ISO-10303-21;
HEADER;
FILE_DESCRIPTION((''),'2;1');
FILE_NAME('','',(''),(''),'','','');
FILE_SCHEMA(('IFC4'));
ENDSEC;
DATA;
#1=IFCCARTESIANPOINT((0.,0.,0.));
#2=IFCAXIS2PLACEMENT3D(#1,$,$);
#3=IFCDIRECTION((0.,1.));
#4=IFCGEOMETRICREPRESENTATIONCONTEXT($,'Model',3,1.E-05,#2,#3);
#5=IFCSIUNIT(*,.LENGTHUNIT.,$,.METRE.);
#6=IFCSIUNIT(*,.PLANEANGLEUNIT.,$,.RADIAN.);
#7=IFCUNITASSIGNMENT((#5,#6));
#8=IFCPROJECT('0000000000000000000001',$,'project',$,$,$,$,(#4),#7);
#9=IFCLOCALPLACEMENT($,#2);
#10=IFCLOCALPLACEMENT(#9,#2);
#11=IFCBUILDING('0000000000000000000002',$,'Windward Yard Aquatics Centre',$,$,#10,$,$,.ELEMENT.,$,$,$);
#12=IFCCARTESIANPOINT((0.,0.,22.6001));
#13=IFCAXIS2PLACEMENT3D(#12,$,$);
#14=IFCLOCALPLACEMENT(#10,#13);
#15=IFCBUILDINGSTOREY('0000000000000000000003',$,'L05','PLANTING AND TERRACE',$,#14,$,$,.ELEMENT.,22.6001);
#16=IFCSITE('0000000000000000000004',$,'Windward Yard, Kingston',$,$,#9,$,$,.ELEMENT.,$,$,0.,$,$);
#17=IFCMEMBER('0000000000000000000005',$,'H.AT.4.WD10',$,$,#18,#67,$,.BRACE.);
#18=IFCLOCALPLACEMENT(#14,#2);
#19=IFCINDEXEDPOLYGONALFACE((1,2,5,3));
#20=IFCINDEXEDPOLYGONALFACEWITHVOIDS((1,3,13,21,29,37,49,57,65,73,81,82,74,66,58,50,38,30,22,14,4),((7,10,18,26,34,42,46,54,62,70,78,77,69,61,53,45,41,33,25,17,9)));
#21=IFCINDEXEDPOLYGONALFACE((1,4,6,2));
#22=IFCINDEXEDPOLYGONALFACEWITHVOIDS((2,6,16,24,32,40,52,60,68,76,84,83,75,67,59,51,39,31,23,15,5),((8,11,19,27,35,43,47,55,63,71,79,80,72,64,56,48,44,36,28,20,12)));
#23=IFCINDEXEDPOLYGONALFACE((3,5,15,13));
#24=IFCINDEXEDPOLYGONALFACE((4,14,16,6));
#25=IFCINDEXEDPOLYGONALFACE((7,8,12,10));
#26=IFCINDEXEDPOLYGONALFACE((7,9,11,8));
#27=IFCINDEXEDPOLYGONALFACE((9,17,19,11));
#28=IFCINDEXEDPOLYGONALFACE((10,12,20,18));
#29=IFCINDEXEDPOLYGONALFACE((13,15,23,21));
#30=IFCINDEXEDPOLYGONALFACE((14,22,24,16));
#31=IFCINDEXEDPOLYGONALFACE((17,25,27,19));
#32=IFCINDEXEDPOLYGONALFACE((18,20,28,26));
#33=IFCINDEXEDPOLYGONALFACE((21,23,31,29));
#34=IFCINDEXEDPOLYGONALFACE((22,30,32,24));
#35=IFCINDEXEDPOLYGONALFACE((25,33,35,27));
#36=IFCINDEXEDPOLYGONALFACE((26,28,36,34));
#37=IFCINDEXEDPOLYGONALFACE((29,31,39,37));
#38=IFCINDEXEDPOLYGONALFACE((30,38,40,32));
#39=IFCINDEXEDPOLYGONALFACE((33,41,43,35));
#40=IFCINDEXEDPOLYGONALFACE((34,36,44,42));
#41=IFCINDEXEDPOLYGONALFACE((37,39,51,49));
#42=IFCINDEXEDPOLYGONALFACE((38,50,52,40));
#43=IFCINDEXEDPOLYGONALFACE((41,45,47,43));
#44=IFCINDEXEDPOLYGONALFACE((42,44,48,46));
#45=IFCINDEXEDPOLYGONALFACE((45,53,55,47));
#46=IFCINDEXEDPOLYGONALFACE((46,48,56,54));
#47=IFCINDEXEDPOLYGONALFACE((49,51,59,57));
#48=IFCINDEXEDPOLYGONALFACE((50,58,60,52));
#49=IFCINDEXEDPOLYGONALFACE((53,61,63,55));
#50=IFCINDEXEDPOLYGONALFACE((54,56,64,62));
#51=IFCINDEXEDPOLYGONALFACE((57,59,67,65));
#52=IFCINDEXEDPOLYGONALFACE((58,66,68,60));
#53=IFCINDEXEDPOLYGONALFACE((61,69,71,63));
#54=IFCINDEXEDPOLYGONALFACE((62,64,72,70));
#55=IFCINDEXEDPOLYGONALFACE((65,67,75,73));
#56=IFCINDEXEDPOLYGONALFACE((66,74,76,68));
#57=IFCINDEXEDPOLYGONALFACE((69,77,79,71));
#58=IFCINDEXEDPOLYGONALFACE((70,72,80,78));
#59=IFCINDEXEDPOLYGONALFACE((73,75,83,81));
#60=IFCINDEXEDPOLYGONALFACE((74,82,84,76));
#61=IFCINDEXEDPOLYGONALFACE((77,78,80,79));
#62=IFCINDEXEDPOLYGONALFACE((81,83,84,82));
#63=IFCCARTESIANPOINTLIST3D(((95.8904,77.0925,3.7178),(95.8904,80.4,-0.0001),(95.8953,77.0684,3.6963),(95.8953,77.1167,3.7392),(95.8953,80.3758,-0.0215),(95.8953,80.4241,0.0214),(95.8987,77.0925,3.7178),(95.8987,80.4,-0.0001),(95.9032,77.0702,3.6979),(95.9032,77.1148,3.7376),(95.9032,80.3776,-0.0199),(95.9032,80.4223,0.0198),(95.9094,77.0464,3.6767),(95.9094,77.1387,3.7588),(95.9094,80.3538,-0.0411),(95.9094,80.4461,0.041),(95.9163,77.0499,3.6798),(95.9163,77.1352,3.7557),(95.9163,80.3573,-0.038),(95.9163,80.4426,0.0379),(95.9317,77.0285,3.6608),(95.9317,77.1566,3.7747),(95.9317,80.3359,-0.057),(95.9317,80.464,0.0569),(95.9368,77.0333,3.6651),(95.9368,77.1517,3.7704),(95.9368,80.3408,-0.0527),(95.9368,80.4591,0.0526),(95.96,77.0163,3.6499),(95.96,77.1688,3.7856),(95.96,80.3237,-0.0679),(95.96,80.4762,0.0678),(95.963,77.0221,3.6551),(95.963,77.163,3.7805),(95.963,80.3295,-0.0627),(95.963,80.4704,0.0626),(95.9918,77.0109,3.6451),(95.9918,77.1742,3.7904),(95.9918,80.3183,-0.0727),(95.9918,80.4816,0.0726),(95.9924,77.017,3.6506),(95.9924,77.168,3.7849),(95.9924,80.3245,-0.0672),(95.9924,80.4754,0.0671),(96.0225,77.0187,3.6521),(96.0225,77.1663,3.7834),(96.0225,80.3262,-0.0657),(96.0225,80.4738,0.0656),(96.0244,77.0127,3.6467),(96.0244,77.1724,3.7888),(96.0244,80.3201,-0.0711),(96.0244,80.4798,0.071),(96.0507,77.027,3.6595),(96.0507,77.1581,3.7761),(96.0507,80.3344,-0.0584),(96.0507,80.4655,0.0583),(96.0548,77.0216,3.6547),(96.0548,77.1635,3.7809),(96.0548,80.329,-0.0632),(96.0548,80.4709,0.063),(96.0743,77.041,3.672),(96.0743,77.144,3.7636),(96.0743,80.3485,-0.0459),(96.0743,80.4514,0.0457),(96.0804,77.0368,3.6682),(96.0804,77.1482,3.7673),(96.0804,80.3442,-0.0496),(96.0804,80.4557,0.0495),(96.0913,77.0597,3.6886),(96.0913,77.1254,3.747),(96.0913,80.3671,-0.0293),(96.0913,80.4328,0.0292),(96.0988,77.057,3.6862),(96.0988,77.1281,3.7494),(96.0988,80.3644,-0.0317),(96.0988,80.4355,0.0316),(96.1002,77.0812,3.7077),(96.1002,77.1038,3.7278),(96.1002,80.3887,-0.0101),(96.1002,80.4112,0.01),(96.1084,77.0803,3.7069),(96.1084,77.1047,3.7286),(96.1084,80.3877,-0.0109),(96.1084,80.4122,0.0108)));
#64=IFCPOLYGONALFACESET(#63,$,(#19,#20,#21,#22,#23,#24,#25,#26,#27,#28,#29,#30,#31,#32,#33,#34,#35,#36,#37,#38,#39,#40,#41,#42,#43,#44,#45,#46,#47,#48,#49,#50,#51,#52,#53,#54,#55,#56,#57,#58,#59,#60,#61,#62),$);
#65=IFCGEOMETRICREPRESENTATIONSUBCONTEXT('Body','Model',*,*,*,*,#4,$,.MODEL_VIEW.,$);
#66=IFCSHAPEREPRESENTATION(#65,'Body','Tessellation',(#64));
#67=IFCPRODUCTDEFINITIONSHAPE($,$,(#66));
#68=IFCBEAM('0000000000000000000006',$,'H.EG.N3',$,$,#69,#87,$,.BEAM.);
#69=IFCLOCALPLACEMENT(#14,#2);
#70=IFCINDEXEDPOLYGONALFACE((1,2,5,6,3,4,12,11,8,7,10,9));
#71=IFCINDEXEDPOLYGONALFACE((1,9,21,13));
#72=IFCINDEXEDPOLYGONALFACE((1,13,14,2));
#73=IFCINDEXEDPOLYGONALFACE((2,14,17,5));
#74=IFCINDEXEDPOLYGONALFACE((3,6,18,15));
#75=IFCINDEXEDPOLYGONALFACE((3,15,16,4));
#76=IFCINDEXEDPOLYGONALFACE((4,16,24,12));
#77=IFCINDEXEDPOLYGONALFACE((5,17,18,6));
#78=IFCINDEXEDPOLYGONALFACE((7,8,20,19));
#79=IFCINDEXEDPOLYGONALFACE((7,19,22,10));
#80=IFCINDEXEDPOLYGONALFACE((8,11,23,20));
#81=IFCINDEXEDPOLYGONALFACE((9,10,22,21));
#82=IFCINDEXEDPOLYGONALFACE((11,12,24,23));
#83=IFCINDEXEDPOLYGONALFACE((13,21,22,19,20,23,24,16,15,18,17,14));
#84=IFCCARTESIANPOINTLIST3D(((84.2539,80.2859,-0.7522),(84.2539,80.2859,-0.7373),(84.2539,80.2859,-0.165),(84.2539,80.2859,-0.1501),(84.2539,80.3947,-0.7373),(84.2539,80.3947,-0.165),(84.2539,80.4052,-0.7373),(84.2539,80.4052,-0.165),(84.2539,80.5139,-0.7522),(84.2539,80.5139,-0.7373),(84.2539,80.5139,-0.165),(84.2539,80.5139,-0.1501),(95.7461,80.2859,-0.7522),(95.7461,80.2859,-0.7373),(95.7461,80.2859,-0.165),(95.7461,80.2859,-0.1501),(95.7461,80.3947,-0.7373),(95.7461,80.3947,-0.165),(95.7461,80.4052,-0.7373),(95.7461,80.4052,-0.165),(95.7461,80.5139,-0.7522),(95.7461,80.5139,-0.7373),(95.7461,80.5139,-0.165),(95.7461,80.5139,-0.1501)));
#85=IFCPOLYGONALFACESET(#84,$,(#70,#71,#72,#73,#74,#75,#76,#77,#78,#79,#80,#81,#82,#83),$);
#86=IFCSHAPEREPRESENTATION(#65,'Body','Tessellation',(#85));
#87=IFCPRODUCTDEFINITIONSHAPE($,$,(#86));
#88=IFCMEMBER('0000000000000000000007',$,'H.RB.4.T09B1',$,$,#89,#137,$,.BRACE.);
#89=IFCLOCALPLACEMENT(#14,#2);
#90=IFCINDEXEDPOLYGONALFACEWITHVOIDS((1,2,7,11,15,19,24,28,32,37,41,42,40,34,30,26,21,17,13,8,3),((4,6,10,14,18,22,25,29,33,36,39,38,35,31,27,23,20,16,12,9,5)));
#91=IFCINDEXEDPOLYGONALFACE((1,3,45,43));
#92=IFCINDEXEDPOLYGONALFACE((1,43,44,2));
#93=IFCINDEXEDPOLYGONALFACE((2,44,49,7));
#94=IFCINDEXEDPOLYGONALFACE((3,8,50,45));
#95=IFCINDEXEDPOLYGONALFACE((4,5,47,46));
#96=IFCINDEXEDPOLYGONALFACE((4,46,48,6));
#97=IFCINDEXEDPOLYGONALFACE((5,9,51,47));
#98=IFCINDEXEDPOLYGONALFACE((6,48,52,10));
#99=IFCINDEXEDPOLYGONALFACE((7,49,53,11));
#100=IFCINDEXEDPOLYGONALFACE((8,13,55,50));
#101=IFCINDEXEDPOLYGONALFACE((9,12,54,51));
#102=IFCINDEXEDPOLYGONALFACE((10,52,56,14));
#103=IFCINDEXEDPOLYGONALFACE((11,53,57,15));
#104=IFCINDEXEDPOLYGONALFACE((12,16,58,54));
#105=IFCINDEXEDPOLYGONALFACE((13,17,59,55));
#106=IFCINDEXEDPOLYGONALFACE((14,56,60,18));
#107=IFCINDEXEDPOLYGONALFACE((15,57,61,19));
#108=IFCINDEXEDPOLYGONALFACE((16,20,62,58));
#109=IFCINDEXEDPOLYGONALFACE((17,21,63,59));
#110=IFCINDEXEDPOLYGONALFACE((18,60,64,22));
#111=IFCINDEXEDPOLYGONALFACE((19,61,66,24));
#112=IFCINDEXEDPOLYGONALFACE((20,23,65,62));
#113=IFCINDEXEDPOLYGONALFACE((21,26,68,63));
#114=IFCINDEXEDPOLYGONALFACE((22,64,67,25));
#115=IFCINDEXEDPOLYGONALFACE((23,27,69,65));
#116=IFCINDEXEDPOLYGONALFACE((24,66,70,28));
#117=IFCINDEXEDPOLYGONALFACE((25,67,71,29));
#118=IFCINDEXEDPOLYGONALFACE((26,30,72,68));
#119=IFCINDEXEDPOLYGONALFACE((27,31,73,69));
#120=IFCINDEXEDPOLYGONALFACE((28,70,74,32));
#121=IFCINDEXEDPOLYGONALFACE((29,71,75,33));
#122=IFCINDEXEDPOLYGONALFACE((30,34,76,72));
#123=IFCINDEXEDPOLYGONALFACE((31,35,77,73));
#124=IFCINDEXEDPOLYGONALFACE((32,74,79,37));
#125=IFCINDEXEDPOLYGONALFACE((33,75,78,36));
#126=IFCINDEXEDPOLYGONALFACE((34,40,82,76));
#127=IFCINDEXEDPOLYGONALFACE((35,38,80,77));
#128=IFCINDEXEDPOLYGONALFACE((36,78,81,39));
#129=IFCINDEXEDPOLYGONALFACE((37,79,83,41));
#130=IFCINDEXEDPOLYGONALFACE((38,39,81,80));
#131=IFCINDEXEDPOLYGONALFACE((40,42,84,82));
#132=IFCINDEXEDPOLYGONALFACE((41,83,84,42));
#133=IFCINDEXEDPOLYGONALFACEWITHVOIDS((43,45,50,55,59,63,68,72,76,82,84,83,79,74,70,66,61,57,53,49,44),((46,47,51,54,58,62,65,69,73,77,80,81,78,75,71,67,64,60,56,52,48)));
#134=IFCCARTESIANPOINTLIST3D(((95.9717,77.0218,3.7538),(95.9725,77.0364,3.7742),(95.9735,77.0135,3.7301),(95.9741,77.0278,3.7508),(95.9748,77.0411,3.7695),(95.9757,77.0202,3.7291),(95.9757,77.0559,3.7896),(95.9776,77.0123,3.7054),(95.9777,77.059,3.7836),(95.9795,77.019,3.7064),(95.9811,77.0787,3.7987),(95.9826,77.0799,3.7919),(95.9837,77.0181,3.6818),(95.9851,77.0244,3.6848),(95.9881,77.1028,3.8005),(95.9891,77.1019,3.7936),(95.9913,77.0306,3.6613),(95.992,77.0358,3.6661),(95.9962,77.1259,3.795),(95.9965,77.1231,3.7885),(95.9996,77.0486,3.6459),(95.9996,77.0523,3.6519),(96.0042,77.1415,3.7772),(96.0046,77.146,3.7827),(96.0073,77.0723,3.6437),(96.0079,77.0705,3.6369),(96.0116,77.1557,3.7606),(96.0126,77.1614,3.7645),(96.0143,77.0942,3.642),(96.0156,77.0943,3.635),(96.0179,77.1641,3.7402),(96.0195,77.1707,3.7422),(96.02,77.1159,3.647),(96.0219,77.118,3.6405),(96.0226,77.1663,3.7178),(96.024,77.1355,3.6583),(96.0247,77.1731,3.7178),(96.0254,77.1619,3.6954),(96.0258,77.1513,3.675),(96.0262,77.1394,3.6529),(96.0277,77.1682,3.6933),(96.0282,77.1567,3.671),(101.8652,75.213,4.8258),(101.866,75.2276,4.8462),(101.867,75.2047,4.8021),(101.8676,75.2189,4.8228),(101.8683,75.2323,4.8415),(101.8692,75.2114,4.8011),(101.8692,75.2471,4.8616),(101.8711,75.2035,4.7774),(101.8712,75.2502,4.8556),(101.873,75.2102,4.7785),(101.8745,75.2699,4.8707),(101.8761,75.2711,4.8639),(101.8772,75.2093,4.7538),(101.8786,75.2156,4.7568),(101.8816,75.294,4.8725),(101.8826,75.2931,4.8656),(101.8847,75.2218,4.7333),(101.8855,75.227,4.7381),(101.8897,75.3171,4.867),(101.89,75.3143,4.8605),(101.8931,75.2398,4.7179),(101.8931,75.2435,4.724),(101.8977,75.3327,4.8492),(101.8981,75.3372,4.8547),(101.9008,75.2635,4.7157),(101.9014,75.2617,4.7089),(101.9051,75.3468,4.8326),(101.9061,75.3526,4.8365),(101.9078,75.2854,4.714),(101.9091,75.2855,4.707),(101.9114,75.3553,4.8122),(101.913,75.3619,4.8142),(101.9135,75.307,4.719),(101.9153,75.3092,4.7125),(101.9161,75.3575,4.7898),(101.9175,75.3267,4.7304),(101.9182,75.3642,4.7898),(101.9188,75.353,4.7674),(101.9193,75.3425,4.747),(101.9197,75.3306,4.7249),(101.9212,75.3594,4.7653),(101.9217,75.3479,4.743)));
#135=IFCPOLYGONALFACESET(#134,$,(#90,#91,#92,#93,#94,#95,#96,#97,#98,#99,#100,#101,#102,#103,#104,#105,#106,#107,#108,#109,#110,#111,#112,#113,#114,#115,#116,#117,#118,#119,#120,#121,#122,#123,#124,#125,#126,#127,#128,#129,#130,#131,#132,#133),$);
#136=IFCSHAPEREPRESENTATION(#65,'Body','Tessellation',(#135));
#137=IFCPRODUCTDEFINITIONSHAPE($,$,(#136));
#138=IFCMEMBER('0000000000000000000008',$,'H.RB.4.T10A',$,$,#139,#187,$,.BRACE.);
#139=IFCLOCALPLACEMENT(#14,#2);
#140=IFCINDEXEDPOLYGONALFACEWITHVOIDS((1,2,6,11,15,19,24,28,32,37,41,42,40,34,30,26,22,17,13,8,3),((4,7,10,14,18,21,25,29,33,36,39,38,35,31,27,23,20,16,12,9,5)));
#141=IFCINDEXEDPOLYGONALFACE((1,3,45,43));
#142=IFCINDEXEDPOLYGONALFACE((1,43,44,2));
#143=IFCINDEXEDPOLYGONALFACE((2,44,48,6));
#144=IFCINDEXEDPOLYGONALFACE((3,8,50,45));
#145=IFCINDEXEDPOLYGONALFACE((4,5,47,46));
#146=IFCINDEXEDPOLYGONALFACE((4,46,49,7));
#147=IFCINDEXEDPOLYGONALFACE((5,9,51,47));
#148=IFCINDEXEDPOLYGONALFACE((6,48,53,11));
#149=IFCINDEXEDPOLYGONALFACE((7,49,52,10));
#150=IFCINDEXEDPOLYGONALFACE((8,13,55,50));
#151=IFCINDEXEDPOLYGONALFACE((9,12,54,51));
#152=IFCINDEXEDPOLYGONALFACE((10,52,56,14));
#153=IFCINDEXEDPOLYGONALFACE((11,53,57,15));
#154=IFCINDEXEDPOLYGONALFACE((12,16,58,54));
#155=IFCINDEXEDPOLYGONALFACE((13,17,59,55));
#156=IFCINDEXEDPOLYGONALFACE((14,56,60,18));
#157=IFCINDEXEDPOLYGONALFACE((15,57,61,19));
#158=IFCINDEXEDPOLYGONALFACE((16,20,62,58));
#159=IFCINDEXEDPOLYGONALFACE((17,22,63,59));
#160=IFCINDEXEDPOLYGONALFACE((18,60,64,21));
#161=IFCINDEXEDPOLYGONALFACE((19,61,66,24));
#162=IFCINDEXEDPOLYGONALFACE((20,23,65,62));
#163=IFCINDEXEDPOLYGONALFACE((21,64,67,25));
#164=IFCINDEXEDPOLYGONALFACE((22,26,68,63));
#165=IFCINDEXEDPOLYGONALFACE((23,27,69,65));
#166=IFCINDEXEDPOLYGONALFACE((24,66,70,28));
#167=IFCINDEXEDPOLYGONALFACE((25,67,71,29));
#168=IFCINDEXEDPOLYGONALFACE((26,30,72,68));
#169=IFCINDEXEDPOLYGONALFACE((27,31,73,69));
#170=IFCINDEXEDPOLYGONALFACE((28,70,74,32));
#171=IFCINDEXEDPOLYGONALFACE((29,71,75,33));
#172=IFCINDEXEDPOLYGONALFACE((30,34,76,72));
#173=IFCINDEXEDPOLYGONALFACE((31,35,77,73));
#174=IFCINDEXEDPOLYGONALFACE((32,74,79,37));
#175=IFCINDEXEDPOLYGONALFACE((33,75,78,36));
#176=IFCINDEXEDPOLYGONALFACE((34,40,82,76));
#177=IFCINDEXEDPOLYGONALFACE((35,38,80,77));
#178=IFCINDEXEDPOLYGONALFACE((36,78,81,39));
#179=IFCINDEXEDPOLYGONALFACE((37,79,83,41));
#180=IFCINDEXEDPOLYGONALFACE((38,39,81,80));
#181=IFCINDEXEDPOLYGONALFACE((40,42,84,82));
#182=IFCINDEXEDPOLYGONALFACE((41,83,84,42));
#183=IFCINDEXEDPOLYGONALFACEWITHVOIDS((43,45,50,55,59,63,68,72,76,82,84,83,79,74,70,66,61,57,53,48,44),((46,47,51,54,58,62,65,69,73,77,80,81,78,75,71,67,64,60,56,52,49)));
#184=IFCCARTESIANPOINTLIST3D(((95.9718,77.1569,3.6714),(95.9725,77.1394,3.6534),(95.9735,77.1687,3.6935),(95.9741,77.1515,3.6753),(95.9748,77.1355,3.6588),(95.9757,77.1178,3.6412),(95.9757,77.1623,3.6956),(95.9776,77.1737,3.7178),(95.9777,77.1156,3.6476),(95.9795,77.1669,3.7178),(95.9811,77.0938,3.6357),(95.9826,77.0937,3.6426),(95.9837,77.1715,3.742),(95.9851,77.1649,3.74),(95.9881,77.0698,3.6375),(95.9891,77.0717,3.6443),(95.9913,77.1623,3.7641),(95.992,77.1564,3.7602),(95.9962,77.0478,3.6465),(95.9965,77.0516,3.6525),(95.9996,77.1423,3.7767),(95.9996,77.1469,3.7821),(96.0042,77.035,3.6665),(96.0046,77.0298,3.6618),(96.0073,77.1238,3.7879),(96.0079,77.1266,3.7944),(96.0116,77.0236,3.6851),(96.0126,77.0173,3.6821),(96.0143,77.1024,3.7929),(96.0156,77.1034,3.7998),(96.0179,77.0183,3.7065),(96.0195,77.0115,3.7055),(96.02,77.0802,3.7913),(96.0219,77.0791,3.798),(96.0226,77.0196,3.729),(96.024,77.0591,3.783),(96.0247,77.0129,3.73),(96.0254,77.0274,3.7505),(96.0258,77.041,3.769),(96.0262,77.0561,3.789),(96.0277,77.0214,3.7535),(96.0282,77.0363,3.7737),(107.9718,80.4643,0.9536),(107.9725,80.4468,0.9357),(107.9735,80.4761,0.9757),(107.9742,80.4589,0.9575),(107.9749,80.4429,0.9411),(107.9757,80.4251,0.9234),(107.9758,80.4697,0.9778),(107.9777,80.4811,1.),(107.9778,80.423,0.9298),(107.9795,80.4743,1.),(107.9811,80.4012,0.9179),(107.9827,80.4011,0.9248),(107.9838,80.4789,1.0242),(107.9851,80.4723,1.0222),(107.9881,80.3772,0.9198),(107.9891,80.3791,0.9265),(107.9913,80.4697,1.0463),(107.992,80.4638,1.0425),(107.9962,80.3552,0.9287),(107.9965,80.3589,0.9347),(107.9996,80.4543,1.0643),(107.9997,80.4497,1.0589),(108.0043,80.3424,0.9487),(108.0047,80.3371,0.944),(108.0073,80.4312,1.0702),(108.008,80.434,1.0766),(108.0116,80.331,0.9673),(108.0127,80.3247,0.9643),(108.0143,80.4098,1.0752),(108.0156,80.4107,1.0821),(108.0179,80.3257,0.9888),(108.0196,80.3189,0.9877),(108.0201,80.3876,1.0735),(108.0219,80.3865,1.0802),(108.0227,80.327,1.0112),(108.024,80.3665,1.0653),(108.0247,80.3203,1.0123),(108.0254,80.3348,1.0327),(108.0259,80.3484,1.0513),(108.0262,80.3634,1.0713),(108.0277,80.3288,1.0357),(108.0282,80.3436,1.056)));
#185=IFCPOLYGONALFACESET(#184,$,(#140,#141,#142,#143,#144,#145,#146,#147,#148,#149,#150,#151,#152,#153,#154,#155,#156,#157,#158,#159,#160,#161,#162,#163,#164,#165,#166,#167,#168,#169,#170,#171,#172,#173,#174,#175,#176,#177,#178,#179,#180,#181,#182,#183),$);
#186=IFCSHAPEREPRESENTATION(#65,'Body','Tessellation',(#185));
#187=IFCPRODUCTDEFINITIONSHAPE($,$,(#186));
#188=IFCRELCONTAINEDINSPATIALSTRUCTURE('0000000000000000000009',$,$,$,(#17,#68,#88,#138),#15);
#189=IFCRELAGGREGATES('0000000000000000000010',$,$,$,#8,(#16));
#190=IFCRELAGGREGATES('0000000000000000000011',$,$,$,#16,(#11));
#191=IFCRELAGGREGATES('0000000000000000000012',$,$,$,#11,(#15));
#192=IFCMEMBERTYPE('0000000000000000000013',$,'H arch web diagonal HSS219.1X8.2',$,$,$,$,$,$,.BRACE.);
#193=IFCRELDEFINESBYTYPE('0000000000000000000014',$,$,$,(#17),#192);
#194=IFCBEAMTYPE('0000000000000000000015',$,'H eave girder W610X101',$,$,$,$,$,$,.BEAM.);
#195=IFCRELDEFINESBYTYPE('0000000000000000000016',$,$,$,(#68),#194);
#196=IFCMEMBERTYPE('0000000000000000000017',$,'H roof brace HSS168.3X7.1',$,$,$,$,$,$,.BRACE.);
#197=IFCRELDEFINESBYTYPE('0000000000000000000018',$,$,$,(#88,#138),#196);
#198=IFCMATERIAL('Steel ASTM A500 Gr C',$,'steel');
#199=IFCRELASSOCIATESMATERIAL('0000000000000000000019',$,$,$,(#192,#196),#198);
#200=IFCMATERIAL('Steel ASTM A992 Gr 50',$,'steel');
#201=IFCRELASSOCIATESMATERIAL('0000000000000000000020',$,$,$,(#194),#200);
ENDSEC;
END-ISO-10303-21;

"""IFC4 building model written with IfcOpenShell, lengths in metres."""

from ifc_helpers import new_model, si_unit, direction, frame, origin, origin_2d, place, context, subcontext, project, spatial, hollow_circle, i_section, extrude, material, material_profile, profile_set, type_object, element, save


model = new_model("IFC4")

# Units and contexts
model_context = context("Model", 3, precision=1e-05, world=origin(), true_north=direction((0.0, 1.0)))
body_context = subcontext(model_context, "Body", "Model", "MODEL_VIEW")
ifc_project = project(units=[si_unit("LENGTHUNIT", "METRE"), si_unit("PLANEANGLEUNIT", "RADIAN")], contexts=[model_context])

# Site, building, storey
site_placement = place(None, origin())
site = spatial("IfcSite", under=ifc_project, at=site_placement, Name="Windward Yard, Kingston", CompositionType="ELEMENT", RefElevation=0.0)
building_placement = place(site_placement, origin())
building = spatial("IfcBuilding", under=site, at=building_placement, Name="Windward Yard Aquatics Centre", CompositionType="ELEMENT")
storey_placement = place(building_placement, frame((0.0, 0.0, 22.6001)))
storey = spatial("IfcBuildingStorey", under=building, at=storey_placement, Name="L05", Description="PLANTING AND TERRACE", CompositionType="ELEMENT", Elevation=22.6001)

# Member
ifc_material_1 = material(Name="Steel ASTM A500 Gr C", Category="steel")
ifc_material_profile_1 = material_profile(ifc_material_1, hollow_circle(Radius=0.1096, WallThickness=0.0083, at=origin_2d()), Name="HSS219.1X8.2")
ifc_profile_set_1 = profile_set([ifc_material_profile_1], Name="Steel ASTM A500 Gr C")
member_type_1 = type_object("IfcMemberType", Name="H arch web diagonal HSS219.1X8.2", PredefinedType="BRACE", material=ifc_profile_set_1)
member_1_placement = place(storey_placement, frame((96.0, 77.0925, 3.7178), z_axis=(0.0, 0.664665, -0.747141), x_axis=(-1.0, 0.0, 0.0)))
element("IfcMember", 1, at=member_1_placement, inside=storey, type_object=member_type_1, Name="H.AT.4.WD10", PredefinedType="BRACE", context=body_context, shape_type="SweptSolid", body=[
    extrude(hollow_circle(Radius=0.1096, WallThickness=0.0083, at=origin_2d()), origin(), (0.0, 0.0, 1.0), 4.9761),
])

# Beam
ifc_material_2 = material(Name="Steel ASTM A992 Gr 50", Category="steel")
ifc_material_profile_2 = material_profile(ifc_material_2, i_section(OverallWidth=0.228, OverallDepth=0.6021, WebThickness=0.0105, FlangeThickness=0.0149, at=origin_2d()), Name="W610X101")
ifc_profile_set_2 = profile_set([ifc_material_profile_2], Name="Steel ASTM A992 Gr 50")
beam_type_1 = type_object("IfcBeamType", Name="H eave girder W610X101", PredefinedType="BEAM", material=ifc_profile_set_2)
beam_1_placement = place(storey_placement, frame((84.2539, 80.3999, -0.4512), z_axis=(1.0, 0.0, 0.0), x_axis=(0.0, 1.0, 0.0)))
element("IfcBeam", 2, at=beam_1_placement, inside=storey, type_object=beam_type_1, Name="H.EG.N3", PredefinedType="BEAM", context=body_context, shape_type="SweptSolid", body=[
    extrude(i_section(OverallWidth=0.228, OverallDepth=0.6021, WebThickness=0.0105, FlangeThickness=0.0149, at=origin_2d()), origin(), (0.0, 0.0, 1.0), 11.4922),
])

# Members
ifc_material_profile_3 = material_profile(ifc_material_1, hollow_circle(Radius=0.0842, WallThickness=0.0071, at=origin_2d()), Name="HSS168.3X7.1")
ifc_profile_set_3 = profile_set([ifc_material_profile_3], Name="Steel ASTM A500 Gr C")
member_type_2 = type_object("IfcMemberType", Name="H roof brace HSS168.3X7.1", PredefinedType="BRACE", material=ifc_profile_set_3)
member_2_placement = place(storey_placement, frame((96.0, 77.0925, 3.7178), z_axis=(0.941853, -0.289072, 0.17132), x_axis=(0.29341, 0.955987, 0.0)))
element("IfcMember", 3, at=member_2_placement, inside=storey, type_object=member_type_2, Name="H.RB.4.T09B1", PredefinedType="BRACE", context=body_context, shape_type="SweptSolid", body=[
    extrude(hollow_circle(Radius=0.0842, WallThickness=0.0071, at=origin_2d()), origin(), (0.0, 0.0, 1.0), 6.2573),
])
member_3_placement = place(storey_placement, frame((96.0, 77.0925, 3.7178), z_axis=(0.941865, 0.259591, -0.213315), x_axis=(-0.265707, 0.964054, 0.0)))
element("IfcMember", 4, at=member_3_placement, inside=storey, type_object=member_type_2, Name="H.RB.4.T10A", PredefinedType="BRACE", context=body_context, shape_type="SweptSolid", body=[
    extrude(hollow_circle(Radius=0.0842, WallThickness=0.0071, at=origin_2d()), origin(), (0.0, 0.0, 1.0), 12.7407),
])

save(model, "model.ifc")
